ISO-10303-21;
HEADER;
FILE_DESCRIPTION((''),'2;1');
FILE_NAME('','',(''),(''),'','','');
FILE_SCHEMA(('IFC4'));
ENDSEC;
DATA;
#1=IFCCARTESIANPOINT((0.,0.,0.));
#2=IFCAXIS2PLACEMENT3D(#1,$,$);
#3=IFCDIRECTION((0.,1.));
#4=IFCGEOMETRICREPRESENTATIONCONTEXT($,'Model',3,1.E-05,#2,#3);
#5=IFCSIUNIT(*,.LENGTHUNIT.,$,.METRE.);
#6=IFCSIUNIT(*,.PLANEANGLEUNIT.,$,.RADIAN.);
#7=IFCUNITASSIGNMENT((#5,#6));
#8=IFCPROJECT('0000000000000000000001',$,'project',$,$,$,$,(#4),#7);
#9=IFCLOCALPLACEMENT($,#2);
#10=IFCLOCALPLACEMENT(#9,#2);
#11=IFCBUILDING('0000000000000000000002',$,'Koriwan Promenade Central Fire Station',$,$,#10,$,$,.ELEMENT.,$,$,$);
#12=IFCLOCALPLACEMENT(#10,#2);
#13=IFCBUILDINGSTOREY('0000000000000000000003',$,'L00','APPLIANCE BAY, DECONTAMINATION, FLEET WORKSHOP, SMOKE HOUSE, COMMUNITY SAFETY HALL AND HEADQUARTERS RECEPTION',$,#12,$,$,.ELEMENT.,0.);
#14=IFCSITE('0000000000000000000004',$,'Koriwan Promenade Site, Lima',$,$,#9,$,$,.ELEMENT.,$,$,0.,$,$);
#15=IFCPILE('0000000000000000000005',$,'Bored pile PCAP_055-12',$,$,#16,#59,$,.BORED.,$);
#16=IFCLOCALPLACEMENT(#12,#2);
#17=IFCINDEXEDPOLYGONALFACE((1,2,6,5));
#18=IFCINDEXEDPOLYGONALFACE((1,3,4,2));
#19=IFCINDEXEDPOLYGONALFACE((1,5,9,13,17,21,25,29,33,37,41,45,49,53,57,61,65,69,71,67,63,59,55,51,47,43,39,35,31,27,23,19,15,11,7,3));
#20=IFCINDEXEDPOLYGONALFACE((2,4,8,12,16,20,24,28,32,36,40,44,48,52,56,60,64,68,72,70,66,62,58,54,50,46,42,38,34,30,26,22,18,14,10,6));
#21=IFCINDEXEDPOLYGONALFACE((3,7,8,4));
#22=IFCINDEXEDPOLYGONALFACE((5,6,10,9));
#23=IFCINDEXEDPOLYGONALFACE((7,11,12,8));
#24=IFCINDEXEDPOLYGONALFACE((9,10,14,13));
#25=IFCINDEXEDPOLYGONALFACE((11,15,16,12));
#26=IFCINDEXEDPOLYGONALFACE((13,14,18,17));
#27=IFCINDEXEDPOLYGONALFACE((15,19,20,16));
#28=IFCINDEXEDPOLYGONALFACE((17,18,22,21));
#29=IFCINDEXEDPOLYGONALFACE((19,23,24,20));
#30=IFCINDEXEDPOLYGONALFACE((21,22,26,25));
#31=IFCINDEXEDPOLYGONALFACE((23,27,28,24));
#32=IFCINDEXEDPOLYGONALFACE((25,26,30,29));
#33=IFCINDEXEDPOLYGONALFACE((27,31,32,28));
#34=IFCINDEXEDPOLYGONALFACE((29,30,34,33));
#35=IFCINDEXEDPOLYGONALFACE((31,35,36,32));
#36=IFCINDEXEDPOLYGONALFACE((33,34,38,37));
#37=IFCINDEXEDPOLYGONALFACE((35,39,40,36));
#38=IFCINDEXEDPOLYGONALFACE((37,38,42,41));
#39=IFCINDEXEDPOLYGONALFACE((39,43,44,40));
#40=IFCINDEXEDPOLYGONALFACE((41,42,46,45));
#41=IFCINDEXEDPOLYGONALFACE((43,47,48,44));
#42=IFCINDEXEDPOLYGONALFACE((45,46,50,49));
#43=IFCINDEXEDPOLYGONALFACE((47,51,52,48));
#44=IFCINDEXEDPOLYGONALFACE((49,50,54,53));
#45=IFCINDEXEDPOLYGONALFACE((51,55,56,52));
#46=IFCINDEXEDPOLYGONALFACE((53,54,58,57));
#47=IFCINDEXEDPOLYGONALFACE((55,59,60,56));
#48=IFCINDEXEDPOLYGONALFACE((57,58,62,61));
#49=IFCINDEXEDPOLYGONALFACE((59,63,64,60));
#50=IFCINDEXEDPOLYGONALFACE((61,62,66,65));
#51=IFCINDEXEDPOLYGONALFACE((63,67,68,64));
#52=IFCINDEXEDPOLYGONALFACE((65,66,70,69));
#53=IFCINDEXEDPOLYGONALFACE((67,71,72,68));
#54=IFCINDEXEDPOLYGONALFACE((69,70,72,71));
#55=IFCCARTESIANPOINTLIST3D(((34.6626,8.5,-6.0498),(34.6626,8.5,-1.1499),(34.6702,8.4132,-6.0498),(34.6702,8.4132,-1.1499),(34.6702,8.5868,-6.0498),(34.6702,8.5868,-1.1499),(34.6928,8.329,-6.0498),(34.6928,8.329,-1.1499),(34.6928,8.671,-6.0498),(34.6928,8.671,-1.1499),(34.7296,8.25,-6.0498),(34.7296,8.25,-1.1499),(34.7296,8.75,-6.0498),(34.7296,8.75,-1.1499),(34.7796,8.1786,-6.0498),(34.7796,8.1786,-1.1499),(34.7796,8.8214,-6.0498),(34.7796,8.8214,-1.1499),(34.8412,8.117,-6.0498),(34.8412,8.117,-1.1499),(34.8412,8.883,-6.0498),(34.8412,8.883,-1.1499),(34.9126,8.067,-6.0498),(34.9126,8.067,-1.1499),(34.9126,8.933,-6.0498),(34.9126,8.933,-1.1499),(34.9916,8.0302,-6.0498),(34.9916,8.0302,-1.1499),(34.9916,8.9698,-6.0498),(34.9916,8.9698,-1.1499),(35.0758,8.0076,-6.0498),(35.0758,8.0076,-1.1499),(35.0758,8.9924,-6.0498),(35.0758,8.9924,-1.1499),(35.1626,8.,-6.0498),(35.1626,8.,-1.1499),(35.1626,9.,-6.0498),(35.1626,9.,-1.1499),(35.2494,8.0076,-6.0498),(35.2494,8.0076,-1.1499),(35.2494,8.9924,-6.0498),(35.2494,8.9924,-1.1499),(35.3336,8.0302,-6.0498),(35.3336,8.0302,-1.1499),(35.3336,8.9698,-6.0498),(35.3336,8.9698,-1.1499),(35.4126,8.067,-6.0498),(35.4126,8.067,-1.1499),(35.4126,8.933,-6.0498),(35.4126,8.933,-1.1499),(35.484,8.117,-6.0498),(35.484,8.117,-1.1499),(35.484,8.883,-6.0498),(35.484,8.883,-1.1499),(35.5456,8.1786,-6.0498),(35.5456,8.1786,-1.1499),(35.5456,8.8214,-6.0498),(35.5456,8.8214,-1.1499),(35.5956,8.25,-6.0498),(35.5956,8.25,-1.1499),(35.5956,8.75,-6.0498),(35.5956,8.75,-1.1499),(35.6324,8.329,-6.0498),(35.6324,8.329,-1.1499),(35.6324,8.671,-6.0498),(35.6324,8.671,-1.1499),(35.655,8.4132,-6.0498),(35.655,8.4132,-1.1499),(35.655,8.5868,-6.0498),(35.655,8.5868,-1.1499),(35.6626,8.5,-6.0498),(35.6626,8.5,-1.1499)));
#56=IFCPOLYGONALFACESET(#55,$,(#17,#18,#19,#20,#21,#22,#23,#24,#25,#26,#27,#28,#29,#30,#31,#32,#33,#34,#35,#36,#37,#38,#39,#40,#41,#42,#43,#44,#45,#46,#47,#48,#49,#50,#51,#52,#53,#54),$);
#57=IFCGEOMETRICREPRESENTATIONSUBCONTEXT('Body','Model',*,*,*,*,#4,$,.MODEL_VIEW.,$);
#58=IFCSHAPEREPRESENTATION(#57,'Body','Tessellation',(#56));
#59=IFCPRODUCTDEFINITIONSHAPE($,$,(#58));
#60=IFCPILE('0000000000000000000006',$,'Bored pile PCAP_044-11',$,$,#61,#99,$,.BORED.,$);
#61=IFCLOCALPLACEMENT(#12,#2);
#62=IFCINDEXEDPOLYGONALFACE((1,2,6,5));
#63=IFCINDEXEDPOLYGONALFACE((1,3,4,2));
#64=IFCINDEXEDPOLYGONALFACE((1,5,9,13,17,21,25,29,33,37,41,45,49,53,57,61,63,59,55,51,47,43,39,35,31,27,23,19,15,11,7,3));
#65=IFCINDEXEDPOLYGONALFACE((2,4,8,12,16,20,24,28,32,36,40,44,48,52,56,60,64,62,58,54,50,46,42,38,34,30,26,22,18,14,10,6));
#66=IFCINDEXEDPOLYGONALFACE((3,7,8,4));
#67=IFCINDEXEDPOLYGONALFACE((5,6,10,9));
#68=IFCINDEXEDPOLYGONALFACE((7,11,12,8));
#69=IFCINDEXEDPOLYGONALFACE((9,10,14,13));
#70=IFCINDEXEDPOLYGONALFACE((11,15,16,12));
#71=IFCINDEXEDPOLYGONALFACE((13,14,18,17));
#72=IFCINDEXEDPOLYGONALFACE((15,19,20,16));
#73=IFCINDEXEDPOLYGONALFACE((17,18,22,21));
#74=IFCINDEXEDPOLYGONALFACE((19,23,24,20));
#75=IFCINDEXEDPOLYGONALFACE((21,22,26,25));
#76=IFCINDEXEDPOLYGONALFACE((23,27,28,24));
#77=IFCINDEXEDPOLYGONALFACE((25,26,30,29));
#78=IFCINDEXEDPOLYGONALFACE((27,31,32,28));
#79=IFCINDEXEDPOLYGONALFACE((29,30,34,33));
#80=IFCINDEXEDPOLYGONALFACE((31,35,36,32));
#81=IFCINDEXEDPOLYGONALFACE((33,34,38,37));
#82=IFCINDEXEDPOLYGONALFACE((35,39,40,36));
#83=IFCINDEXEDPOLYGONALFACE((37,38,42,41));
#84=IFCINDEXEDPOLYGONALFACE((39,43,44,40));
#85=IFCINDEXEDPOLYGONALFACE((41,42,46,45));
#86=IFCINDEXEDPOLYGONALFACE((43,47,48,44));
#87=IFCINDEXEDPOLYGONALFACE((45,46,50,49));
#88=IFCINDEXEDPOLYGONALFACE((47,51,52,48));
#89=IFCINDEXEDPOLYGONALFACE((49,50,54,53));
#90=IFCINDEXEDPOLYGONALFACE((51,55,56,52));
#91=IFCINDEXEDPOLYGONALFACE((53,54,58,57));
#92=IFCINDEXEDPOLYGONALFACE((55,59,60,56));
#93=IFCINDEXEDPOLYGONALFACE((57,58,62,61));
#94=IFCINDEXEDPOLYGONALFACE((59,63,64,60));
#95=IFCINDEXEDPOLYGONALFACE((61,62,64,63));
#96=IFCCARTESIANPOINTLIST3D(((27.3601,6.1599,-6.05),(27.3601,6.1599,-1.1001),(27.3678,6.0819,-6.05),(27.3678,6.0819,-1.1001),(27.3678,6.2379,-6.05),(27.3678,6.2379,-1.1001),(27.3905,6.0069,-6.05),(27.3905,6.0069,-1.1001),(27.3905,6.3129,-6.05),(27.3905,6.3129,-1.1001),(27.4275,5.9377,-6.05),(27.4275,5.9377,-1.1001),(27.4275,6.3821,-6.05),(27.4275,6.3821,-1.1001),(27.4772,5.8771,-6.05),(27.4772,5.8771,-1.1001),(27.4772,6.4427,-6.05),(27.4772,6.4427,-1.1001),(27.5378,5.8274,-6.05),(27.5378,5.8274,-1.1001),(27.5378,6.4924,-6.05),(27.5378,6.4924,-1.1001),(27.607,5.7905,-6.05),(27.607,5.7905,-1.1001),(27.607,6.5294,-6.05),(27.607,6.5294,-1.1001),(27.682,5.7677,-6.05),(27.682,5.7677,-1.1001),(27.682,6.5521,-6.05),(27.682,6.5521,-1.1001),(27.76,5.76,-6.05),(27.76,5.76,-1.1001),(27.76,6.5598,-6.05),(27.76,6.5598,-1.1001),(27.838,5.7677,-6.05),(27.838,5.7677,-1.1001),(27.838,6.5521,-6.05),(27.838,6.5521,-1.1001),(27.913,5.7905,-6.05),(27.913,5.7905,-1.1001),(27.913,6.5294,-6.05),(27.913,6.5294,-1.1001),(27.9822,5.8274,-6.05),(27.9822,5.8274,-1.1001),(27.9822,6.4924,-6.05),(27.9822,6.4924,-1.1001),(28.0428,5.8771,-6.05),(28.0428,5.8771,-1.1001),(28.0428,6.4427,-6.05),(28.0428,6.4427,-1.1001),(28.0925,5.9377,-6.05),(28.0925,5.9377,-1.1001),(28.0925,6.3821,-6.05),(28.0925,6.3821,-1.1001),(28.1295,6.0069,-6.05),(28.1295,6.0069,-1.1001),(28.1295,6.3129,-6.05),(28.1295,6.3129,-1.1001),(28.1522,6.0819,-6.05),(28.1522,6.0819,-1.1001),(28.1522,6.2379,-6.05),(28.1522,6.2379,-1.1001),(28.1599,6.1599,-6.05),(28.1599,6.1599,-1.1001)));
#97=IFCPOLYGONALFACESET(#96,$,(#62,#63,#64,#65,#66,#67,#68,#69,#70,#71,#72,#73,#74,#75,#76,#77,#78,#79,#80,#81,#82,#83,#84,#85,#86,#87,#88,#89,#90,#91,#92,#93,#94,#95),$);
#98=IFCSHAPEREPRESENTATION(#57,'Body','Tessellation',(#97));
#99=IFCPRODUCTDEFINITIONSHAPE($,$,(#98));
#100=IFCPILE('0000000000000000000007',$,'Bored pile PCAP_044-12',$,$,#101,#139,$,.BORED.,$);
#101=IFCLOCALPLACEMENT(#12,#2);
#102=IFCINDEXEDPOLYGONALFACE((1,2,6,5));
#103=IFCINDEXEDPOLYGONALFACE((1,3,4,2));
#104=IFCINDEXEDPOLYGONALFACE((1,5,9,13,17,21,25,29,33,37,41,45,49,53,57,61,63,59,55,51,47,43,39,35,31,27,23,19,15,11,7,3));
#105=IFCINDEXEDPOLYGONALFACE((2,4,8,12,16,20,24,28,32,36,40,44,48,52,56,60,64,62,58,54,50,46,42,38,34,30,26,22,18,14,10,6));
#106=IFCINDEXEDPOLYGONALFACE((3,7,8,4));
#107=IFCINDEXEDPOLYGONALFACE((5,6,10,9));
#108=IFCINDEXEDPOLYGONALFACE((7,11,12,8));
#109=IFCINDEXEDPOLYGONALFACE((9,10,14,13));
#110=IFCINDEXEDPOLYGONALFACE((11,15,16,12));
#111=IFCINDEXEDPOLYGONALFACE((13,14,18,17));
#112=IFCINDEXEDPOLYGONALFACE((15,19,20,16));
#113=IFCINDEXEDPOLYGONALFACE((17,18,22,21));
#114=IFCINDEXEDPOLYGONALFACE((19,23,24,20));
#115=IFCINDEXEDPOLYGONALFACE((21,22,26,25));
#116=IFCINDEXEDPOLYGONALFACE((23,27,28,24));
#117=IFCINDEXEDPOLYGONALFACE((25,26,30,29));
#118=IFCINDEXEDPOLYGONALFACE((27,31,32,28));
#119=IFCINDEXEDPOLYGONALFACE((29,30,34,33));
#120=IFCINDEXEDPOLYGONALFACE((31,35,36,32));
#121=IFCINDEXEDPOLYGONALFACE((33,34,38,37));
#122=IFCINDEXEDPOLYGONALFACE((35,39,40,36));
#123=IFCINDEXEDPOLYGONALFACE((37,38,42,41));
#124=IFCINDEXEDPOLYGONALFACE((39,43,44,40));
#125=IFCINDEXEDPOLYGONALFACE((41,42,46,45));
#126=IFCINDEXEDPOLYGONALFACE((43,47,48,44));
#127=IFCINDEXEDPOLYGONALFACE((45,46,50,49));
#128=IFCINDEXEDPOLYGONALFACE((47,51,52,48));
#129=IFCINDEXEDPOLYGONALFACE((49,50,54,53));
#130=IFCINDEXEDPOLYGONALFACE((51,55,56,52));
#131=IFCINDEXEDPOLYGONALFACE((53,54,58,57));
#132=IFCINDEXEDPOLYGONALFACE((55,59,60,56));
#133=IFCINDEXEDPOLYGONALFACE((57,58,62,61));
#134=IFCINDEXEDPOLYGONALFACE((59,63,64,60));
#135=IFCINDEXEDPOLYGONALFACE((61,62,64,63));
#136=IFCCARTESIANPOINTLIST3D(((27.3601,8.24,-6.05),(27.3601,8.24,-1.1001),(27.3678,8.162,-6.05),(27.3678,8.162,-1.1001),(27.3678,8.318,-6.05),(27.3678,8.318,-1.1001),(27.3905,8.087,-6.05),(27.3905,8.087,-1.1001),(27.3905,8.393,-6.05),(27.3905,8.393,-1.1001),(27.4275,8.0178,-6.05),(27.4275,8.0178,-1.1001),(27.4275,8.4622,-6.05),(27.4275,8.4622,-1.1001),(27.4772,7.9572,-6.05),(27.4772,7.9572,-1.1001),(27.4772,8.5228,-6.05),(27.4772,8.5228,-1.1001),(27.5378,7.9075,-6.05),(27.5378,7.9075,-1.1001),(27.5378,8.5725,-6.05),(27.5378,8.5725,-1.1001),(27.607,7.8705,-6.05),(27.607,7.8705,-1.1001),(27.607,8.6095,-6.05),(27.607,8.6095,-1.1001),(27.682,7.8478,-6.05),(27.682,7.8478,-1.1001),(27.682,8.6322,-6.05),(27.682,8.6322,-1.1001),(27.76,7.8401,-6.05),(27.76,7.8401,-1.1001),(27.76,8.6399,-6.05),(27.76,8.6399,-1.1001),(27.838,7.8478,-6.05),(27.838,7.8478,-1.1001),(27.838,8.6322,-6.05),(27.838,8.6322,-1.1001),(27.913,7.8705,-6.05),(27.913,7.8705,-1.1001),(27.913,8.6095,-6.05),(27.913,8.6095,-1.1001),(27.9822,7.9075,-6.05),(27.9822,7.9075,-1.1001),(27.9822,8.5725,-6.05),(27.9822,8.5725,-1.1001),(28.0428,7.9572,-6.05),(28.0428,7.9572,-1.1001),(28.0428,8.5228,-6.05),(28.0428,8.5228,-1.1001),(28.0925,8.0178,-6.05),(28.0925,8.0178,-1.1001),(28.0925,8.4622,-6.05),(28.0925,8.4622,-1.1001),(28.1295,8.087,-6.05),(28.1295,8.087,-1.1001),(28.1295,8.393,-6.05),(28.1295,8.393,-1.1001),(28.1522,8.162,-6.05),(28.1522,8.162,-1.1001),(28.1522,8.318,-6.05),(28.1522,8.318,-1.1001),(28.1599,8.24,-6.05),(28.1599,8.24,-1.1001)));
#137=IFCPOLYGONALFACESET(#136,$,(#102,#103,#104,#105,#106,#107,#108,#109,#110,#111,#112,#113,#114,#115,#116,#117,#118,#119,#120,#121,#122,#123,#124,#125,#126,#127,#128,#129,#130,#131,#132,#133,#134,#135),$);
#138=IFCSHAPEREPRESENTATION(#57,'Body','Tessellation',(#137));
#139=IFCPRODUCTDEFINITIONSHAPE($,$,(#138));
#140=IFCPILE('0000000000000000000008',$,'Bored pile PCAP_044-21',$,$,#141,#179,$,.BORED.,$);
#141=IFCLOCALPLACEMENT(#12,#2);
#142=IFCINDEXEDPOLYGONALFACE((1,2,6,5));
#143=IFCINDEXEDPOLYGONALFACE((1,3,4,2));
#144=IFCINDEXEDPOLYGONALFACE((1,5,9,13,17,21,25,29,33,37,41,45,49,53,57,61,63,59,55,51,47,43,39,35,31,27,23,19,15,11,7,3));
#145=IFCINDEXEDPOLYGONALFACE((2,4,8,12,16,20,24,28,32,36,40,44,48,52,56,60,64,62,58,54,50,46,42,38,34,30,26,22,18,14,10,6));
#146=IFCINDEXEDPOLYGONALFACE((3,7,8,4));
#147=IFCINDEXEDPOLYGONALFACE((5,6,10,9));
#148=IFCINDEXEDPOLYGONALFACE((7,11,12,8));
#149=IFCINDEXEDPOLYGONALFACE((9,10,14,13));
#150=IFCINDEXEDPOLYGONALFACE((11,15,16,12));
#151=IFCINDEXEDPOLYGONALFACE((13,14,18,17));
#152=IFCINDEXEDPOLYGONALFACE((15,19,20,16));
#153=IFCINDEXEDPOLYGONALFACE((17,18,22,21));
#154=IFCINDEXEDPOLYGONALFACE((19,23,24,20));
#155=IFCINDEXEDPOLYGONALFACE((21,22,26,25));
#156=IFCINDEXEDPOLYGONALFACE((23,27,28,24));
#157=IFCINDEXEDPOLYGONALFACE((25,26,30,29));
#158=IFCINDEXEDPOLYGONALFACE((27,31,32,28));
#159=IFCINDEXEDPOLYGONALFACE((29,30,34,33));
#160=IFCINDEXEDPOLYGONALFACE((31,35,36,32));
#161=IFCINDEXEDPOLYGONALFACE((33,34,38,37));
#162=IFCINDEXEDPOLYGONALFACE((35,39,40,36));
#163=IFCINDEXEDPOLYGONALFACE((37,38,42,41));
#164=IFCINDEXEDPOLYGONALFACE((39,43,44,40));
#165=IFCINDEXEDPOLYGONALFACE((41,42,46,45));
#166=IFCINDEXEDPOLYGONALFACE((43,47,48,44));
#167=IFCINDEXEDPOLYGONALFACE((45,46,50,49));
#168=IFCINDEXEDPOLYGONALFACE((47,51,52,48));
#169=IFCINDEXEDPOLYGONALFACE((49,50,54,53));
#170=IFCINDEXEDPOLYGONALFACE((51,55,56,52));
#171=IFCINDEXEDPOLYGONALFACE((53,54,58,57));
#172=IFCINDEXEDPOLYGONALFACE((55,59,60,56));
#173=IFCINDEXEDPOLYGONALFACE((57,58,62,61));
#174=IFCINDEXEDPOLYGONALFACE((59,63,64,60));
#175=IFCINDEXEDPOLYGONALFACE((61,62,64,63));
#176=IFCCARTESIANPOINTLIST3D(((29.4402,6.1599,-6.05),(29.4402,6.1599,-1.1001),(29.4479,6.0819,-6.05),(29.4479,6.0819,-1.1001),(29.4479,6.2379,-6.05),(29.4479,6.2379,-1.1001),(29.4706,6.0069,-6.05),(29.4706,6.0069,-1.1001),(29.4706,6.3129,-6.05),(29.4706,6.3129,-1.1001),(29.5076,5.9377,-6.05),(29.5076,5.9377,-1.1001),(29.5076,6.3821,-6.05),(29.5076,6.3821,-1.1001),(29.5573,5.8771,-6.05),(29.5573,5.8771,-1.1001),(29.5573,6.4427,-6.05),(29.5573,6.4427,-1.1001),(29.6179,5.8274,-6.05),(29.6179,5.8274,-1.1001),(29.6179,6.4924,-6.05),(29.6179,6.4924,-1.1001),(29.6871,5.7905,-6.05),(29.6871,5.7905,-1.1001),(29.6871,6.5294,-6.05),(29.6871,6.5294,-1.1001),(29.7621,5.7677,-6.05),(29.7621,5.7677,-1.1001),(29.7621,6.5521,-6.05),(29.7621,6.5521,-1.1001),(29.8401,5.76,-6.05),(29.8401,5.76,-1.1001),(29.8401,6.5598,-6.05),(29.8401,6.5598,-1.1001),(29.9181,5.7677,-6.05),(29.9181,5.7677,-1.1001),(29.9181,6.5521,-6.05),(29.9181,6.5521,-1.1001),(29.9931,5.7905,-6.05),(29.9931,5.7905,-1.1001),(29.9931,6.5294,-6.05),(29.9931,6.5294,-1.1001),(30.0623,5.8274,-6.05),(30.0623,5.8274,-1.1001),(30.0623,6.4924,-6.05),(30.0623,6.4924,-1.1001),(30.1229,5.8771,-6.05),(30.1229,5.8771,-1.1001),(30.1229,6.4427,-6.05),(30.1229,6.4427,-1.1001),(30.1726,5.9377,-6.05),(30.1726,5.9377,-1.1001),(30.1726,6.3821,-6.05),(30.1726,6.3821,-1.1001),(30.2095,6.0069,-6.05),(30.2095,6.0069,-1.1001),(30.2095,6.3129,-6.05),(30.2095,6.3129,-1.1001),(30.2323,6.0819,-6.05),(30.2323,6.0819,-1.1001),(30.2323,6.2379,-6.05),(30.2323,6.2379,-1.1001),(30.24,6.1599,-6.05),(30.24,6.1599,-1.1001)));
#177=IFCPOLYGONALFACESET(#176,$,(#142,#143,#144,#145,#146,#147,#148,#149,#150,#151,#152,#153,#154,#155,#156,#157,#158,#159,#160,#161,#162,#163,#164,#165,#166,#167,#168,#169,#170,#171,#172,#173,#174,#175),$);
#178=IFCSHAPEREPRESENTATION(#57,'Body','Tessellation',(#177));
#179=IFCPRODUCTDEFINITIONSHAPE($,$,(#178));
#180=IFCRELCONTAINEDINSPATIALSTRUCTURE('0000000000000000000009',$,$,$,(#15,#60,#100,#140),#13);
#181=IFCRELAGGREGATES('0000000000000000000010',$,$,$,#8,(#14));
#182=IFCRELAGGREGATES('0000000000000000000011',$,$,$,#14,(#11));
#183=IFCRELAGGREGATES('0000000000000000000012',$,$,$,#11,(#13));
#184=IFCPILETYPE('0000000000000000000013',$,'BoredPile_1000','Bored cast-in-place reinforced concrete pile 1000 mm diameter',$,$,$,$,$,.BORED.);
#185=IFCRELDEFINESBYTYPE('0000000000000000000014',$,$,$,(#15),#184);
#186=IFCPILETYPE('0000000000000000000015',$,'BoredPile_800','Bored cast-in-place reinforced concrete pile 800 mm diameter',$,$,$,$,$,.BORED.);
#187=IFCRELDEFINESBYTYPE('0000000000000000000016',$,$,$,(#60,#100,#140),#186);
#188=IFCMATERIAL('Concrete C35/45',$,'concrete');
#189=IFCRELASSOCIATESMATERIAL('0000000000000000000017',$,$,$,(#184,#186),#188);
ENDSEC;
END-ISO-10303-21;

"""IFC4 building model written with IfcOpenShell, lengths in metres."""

from ifc_helpers import new_model, si_unit, direction, frame, origin, origin_2d, place, context, subcontext, project, spatial, circle, extrude, material, material_profile, profile_set, type_object, element, save


model = new_model("IFC4")

# Units and contexts
model_context = context("Model", 3, precision=1e-05, world=origin(), true_north=direction((0.0, 1.0)))
body_context = subcontext(model_context, "Body", "Model", "MODEL_VIEW")
ifc_project = project(units=[si_unit("LENGTHUNIT", "METRE"), si_unit("PLANEANGLEUNIT", "RADIAN")], contexts=[model_context])

# Site, building, storey
site_placement = place(None, origin())
site = spatial("IfcSite", under=ifc_project, at=site_placement, Name="Koriwan Promenade Site, Lima", CompositionType="ELEMENT", RefElevation=0.0)
building_placement = place(site_placement, origin())
building = spatial("IfcBuilding", under=site, at=building_placement, Name="Koriwan Promenade Central Fire Station", CompositionType="ELEMENT")
storey_placement = place(building_placement, origin())
storey = spatial("IfcBuildingStorey", under=building, at=storey_placement, Name="L00", Description="APPLIANCE BAY, DECONTAMINATION, FLEET WORKSHOP, SMOKE HOUSE, COMMUNITY SAFETY HALL AND HEADQUARTERS RECEPTION", CompositionType="ELEMENT", Elevation=0.0)

# Piles
ifc_material_1 = material(Name="Concrete C35/45", Category="concrete")
ifc_material_profile_1 = material_profile(ifc_material_1, circle(Radius=0.5, at=origin_2d()), Name="PILE-D1000")
ifc_profile_set_1 = profile_set([ifc_material_profile_1], Name="Concrete C35/45")
pile_type_1 = type_object("IfcPileType", Name="BoredPile_1000", Description="Bored cast-in-place reinforced concrete pile 1000 mm diameter", PredefinedType="BORED", material=ifc_profile_set_1)
pile_1_placement = place(storey_placement, frame((35.1626, 8.5, -1.1499), z_axis=(0.0, 0.0, -1.0), x_axis=(1.0, 0.0, 0.0)))
element("IfcPile", 1, at=pile_1_placement, inside=storey, type_object=pile_type_1, Name="Bored pile PCAP_055-12", PredefinedType="BORED", context=body_context, shape_type="SweptSolid", body=[
    extrude(circle(Radius=0.5, at=origin_2d()), origin(), (0.0, 0.0, 1.0), 4.8999),
])
ifc_material_profile_2 = material_profile(ifc_material_1, circle(Radius=0.3999, at=origin_2d()), Name="PILE-D800")
ifc_profile_set_2 = profile_set([ifc_material_profile_2], Name="Concrete C35/45")
pile_type_2 = type_object("IfcPileType", Name="BoredPile_800", Description="Bored cast-in-place reinforced concrete pile 800 mm diameter", PredefinedType="BORED", material=ifc_profile_set_2)
for number, where, z_axis, x_axis, name in (
    (2, (27.76, 6.1599, -1.1001), (0.0, 0.0, -1.0), (1.0, 0.0, 0.0), "Bored pile PCAP_044-11"),
    (3, (27.76, 8.24, -1.1001), (0.0, 0.0, -1.0), (1.0, 0.0, 0.0), "Bored pile PCAP_044-12"),
    (4, (29.8401, 6.1599, -1.1001), (0.0, 0.0, -1.0), (1.0, 0.0, 0.0), "Bored pile PCAP_044-21"),
):
    element("IfcPile", number, at=place(storey_placement, frame(where, z_axis=z_axis, x_axis=x_axis)), inside=storey, type_object=pile_type_2, Name=name, PredefinedType="BORED", context=body_context, shape_type="SweptSolid", body=[
        extrude(circle(Radius=0.3999, at=origin_2d()), origin(), (0.0, 0.0, 1.0), 4.95),
    ])

save(model, "model.ifc")
